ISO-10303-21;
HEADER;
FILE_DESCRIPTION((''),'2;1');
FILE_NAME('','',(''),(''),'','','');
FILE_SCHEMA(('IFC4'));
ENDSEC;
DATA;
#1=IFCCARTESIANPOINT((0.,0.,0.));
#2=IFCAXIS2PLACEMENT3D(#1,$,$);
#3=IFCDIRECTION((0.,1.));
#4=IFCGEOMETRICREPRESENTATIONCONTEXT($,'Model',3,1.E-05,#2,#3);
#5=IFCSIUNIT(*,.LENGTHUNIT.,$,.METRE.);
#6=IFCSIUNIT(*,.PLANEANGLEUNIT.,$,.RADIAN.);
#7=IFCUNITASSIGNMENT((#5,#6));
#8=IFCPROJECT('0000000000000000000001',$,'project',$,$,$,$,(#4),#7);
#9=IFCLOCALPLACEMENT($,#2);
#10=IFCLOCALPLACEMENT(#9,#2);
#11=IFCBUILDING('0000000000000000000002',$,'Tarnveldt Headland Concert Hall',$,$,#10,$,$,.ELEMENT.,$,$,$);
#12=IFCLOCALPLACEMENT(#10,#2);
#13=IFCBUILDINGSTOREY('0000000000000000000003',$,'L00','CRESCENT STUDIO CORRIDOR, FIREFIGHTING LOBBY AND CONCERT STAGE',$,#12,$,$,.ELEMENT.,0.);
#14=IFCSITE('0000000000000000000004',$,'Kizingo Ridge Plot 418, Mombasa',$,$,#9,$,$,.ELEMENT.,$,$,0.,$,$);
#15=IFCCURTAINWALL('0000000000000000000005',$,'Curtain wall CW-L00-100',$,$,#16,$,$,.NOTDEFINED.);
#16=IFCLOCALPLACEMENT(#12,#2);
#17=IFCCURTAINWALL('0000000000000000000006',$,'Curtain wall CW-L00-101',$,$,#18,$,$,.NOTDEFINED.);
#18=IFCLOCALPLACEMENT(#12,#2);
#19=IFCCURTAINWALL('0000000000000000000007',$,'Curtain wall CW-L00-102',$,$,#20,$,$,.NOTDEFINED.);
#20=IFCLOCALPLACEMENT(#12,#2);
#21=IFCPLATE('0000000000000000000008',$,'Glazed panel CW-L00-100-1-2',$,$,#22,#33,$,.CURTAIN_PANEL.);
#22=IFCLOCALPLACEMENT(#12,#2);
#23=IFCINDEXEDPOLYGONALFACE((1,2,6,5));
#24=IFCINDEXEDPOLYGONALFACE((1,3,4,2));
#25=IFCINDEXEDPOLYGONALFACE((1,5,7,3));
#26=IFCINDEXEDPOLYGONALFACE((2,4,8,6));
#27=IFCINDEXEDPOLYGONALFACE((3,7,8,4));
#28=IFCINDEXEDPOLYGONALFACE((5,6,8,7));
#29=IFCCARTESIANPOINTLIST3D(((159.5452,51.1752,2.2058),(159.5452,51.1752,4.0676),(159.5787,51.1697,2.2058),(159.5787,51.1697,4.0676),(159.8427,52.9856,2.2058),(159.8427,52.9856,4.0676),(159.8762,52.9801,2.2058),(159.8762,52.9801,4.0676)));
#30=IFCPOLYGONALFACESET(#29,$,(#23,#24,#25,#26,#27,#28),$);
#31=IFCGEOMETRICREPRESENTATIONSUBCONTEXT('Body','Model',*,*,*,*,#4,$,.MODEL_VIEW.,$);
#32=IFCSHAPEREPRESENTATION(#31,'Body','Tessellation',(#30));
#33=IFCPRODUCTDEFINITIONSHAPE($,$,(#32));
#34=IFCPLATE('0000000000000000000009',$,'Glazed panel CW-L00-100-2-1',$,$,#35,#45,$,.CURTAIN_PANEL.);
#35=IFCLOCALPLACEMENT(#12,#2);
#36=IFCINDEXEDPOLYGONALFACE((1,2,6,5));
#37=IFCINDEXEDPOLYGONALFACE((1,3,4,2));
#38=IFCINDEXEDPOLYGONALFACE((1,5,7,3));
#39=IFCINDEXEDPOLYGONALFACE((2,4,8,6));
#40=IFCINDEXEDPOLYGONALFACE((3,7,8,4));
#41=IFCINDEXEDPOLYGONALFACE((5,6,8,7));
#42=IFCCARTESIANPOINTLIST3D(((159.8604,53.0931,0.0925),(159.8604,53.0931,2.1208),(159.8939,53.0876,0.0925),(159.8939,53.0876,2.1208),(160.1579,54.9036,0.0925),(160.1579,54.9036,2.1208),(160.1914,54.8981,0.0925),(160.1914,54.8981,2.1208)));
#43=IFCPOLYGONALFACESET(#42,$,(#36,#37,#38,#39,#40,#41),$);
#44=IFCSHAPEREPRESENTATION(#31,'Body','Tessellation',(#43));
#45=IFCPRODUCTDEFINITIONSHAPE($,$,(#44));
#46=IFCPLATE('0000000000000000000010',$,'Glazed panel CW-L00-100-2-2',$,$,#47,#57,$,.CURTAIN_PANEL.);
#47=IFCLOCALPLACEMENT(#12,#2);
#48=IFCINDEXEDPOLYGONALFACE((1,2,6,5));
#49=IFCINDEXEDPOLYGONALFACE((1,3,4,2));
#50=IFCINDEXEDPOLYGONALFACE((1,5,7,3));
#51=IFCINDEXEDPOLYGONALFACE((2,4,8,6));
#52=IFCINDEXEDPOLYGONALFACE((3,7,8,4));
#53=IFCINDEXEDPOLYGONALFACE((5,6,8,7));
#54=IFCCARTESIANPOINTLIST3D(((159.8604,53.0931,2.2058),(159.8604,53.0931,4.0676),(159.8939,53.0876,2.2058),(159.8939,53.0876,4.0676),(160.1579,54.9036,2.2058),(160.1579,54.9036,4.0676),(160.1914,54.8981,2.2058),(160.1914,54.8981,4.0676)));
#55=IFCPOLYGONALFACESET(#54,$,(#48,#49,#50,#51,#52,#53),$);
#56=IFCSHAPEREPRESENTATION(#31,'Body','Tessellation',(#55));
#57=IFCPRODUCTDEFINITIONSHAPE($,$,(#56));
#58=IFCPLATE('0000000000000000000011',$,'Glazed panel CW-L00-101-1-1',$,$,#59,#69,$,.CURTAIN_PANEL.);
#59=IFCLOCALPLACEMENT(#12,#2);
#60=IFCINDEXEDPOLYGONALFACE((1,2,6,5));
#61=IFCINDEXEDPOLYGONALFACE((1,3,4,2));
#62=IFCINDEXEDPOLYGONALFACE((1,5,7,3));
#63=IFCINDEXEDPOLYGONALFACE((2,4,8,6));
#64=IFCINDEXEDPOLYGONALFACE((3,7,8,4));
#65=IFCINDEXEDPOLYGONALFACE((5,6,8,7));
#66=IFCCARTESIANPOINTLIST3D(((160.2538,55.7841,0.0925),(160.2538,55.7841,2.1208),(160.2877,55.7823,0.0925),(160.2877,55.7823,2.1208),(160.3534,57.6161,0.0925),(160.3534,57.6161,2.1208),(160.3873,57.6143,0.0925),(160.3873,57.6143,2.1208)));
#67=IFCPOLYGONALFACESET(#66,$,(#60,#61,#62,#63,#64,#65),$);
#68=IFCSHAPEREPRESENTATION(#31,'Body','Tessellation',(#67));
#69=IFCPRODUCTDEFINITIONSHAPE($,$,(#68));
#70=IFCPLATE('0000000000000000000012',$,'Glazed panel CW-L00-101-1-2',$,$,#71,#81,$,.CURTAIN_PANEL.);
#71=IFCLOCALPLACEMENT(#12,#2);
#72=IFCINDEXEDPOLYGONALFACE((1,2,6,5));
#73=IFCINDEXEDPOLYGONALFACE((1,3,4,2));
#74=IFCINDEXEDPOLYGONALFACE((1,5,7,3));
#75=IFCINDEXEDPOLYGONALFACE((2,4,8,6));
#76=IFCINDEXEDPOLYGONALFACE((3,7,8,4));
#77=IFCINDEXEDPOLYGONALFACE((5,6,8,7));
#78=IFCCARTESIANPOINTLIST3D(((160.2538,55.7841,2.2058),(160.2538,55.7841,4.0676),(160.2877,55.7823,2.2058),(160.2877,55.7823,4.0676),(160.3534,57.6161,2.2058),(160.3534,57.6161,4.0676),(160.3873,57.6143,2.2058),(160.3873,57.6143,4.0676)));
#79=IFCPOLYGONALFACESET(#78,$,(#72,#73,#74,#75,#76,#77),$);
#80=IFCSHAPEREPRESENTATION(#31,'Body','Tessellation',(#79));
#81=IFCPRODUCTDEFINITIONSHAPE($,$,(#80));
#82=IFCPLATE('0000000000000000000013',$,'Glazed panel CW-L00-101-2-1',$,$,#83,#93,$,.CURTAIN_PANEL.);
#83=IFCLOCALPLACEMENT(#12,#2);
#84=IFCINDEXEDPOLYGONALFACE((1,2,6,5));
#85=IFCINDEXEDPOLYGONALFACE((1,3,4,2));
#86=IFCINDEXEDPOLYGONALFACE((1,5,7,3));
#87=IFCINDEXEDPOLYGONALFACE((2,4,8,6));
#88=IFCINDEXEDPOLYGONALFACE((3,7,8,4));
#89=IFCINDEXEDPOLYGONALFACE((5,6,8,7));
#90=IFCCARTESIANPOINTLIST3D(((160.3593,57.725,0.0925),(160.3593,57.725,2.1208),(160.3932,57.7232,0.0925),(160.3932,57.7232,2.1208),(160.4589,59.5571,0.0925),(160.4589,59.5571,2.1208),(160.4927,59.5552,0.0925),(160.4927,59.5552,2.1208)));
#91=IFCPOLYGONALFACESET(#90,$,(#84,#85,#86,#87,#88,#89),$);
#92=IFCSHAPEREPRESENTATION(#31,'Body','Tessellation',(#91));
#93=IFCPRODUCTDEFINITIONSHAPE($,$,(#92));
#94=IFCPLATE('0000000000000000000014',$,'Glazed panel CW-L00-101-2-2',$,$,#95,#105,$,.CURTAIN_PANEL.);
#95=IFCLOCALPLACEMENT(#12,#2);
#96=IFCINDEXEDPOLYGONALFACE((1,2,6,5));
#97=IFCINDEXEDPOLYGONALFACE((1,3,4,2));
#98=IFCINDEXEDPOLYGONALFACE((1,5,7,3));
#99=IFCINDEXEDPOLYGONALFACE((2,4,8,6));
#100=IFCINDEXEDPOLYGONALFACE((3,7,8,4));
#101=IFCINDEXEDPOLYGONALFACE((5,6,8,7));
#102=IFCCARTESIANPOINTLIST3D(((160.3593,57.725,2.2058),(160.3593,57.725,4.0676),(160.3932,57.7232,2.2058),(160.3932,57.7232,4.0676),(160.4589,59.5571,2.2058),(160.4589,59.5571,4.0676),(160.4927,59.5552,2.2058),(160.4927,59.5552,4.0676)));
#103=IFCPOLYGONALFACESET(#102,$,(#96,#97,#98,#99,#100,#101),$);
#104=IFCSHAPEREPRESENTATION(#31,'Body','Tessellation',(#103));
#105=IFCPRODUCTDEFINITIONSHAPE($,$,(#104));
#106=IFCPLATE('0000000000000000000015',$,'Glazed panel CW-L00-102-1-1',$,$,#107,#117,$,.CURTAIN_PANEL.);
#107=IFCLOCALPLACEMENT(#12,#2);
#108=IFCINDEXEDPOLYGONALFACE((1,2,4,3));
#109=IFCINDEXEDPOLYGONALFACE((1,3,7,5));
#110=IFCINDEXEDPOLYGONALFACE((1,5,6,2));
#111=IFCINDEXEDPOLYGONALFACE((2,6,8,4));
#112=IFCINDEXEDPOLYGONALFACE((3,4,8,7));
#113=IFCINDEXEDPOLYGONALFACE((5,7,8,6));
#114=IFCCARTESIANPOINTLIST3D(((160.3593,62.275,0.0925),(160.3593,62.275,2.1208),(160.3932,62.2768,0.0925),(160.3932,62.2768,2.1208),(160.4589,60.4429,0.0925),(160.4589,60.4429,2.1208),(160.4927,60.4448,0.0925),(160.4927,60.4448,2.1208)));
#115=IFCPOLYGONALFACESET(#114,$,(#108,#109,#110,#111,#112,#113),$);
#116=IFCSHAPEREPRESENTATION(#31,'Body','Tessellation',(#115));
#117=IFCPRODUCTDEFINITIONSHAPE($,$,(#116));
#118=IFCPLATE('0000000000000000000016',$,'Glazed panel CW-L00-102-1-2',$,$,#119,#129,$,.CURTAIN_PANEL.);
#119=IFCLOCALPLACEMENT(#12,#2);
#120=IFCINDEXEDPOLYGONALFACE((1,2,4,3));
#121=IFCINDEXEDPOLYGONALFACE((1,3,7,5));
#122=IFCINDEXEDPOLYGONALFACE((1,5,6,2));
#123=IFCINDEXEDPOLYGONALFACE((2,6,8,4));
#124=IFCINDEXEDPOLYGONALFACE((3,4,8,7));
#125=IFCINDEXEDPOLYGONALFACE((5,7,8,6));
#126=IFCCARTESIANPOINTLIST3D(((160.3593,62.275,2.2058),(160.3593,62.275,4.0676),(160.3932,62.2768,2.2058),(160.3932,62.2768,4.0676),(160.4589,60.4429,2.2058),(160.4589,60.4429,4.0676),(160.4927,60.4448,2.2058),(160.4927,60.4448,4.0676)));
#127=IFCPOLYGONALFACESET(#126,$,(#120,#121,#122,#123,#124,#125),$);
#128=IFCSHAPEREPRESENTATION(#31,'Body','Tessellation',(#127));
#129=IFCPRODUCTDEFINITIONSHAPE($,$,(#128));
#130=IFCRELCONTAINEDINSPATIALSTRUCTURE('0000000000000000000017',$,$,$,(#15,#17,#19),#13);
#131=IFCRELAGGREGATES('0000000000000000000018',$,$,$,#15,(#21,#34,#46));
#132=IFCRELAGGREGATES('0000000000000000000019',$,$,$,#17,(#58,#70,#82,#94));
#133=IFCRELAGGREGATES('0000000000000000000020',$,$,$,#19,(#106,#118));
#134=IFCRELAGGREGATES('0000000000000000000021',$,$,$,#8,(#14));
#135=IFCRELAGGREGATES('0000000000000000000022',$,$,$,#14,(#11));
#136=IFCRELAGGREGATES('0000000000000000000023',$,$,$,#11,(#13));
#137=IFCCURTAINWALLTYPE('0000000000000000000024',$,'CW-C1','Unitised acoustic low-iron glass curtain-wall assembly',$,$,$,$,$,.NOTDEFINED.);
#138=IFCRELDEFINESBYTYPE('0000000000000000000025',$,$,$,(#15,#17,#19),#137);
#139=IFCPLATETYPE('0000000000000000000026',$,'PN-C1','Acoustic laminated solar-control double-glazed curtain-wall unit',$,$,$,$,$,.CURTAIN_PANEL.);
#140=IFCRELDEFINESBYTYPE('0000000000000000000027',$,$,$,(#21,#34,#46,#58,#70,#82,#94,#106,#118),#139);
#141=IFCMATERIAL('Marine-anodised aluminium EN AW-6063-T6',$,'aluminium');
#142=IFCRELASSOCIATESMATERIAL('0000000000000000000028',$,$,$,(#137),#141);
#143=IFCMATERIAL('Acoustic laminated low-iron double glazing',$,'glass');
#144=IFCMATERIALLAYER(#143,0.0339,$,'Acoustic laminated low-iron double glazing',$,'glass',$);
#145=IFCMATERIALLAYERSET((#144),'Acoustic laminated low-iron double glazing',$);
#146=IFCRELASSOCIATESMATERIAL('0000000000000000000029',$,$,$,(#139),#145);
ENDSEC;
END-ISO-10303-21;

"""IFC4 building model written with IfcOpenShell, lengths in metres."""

from ifc_helpers import new_model, si_unit, direction, frame, origin, origin_2d, place, context, subcontext, project, spatial, rectangle, extrude, material, layer, layer_set, type_object, element, aggregate, save


model = new_model("IFC4")

# Units and contexts
model_context = context("Model", 3, precision=1e-05, world=origin(), true_north=direction((0.0, 1.0)))
body_context = subcontext(model_context, "Body", "Model", "MODEL_VIEW")
ifc_project = project(units=[si_unit("LENGTHUNIT", "METRE"), si_unit("PLANEANGLEUNIT", "RADIAN")], contexts=[model_context])

# Site, building, storey
site_placement = place(None, origin())
site = spatial("IfcSite", under=ifc_project, at=site_placement, Name="Kizingo Ridge Plot 418, Mombasa", CompositionType="ELEMENT", RefElevation=0.0)
building_placement = place(site_placement, origin())
building = spatial("IfcBuilding", under=site, at=building_placement, Name="Tarnveldt Headland Concert Hall", CompositionType="ELEMENT")
storey_placement = place(building_placement, origin())
storey = spatial("IfcBuildingStorey", under=building, at=storey_placement, Name="L00", Description="CRESCENT STUDIO CORRIDOR, FIREFIGHTING LOBBY AND CONCERT STAGE", CompositionType="ELEMENT", Elevation=0.0)

# Curtain walls
ifc_material_1 = material(Name="Marine-anodised aluminium EN AW-6063-T6", Category="aluminium")
curtain_wall_type = type_object("IfcCurtainWallType", Name="CW-C1", Description="Unitised acoustic low-iron glass curtain-wall assembly", PredefinedType="NOTDEFINED", material=ifc_material_1)
curtain_wall_1_placement = place(storey_placement, origin())
curtain_wall_1 = element("IfcCurtainWall", 1, at=curtain_wall_1_placement, inside=storey, type_object=curtain_wall_type, Name="Curtain wall CW-L00-100", PredefinedType="NOTDEFINED")
curtain_wall_2_placement = place(storey_placement, origin())
curtain_wall_2 = element("IfcCurtainWall", 2, at=curtain_wall_2_placement, inside=storey, type_object=curtain_wall_type, Name="Curtain wall CW-L00-101", PredefinedType="NOTDEFINED")

# Curtain wall
curtain_wall_3_placement = place(storey_placement, origin())
curtain_wall_3 = element("IfcCurtainWall", 3, at=curtain_wall_3_placement, inside=storey, type_object=curtain_wall_type, Name="Curtain wall CW-L00-102", PredefinedType="NOTDEFINED")

# Plates
ifc_material_2 = material(Name="Acoustic laminated low-iron double glazing", Category="glass")
ifc_layer = layer(ifc_material_2, 0.0339, Name="Acoustic laminated low-iron double glazing", Category="glass")
ifc_layer_set = layer_set([ifc_layer], Name="Acoustic laminated low-iron double glazing")
plate_type = type_object("IfcPlateType", Name="PN-C1", Description="Acoustic laminated solar-control double-glazed curtain-wall unit", PredefinedType="CURTAIN_PANEL", material=ifc_layer_set)
plate_1_placement = place(storey_placement, frame((159.7107, 52.0776, 2.2058), z_axis=(0.0, 0.0, 1.0), x_axis=(0.162155, 0.986765, 0.0)))
plate_1 = element("IfcPlate", 4, at=plate_1_placement, type_object=plate_type, Name="Glazed panel CW-L00-100-1-2", PredefinedType="CURTAIN_PANEL", context=body_context, shape_type="SweptSolid", body=[
    extrude(rectangle(XDim=1.8347, YDim=0.0339, at=origin_2d()), origin(), (0.0, 0.0, 1.0), 1.8618),
])
plate_2_placement = place(storey_placement, frame((160.0259, 53.9956, 0.0925), z_axis=(0.0, 0.0, 1.0), x_axis=(0.162155, 0.986765, 0.0)))
plate_2 = element("IfcPlate", 5, at=plate_2_placement, type_object=plate_type, Name="Glazed panel CW-L00-100-2-1", PredefinedType="CURTAIN_PANEL", context=body_context, shape_type="SweptSolid", body=[
    extrude(rectangle(XDim=1.8347, YDim=0.0339, at=origin_2d()), origin(), (0.0, 0.0, 1.0), 2.0283),
])
plate_3_placement = place(storey_placement, frame((160.0259, 53.9956, 2.2058), z_axis=(0.0, 0.0, 1.0), x_axis=(0.162155, 0.986765, 0.0)))
plate_3 = element("IfcPlate", 6, at=plate_3_placement, type_object=plate_type, Name="Glazed panel CW-L00-100-2-2", PredefinedType="CURTAIN_PANEL", context=body_context, shape_type="SweptSolid", body=[
    extrude(rectangle(XDim=1.8347, YDim=0.0339, at=origin_2d()), origin(), (0.0, 0.0, 1.0), 1.8618),
])
aggregate(curtain_wall_1, [plate_1, plate_2, plate_3])
plate_4_placement = place(storey_placement, frame((160.3206, 56.6992, 0.0925), z_axis=(0.0, 0.0, 1.0), x_axis=(0.054253, 0.998527, 0.0)))
plate_4 = element("IfcPlate", 7, at=plate_4_placement, type_object=plate_type, Name="Glazed panel CW-L00-101-1-1", PredefinedType="CURTAIN_PANEL", context=body_context, shape_type="SweptSolid", body=[
    extrude(rectangle(XDim=1.8347, YDim=0.0339, at=origin_2d()), origin(), (0.0, 0.0, 1.0), 2.0283),
])
plate_5_placement = place(storey_placement, frame((160.3206, 56.6992, 2.2058), z_axis=(0.0, 0.0, 1.0), x_axis=(0.054253, 0.998527, 0.0)))
plate_5 = element("IfcPlate", 8, at=plate_5_placement, type_object=plate_type, Name="Glazed panel CW-L00-101-1-2", PredefinedType="CURTAIN_PANEL", context=body_context, shape_type="SweptSolid", body=[
    extrude(rectangle(XDim=1.8347, YDim=0.0339, at=origin_2d()), origin(), (0.0, 0.0, 1.0), 1.8618),
])
plate_6_placement = place(storey_placement, frame((160.426, 58.6401, 0.0925), z_axis=(0.0, 0.0, 1.0), x_axis=(0.054253, 0.998527, 0.0)))
plate_6 = element("IfcPlate", 9, at=plate_6_placement, type_object=plate_type, Name="Glazed panel CW-L00-101-2-1", PredefinedType="CURTAIN_PANEL", context=body_context, shape_type="SweptSolid", body=[
    extrude(rectangle(XDim=1.8347, YDim=0.0339, at=origin_2d()), origin(), (0.0, 0.0, 1.0), 2.0283),
])
plate_7_placement = place(storey_placement, frame((160.426, 58.6401, 2.2058), z_axis=(0.0, 0.0, 1.0), x_axis=(0.054253, 0.998527, 0.0)))
plate_7 = element("IfcPlate", 10, at=plate_7_placement, type_object=plate_type, Name="Glazed panel CW-L00-101-2-2", PredefinedType="CURTAIN_PANEL", context=body_context, shape_type="SweptSolid", body=[
    extrude(rectangle(XDim=1.8347, YDim=0.0339, at=origin_2d()), origin(), (0.0, 0.0, 1.0), 1.8618),
])
aggregate(curtain_wall_2, [plate_4, plate_5, plate_6, plate_7])
plate_8_placement = place(storey_placement, frame((160.426, 61.3599, 0.0925), z_axis=(0.0, 0.0, 1.0), x_axis=(-0.054253, 0.998527, 0.0)))
plate_8 = element("IfcPlate", 11, at=plate_8_placement, type_object=plate_type, Name="Glazed panel CW-L00-102-1-1", PredefinedType="CURTAIN_PANEL", context=body_context, shape_type="SweptSolid", body=[
    extrude(rectangle(XDim=1.8347, YDim=0.0339, at=origin_2d()), origin(), (0.0, 0.0, 1.0), 2.0283),
])
plate_9_placement = place(storey_placement, frame((160.426, 61.3599, 2.2058), z_axis=(0.0, 0.0, 1.0), x_axis=(-0.054253, 0.998527, 0.0)))
plate_9 = element("IfcPlate", 12, at=plate_9_placement, type_object=plate_type, Name="Glazed panel CW-L00-102-1-2", PredefinedType="CURTAIN_PANEL", context=body_context, shape_type="SweptSolid", body=[
    extrude(rectangle(XDim=1.8347, YDim=0.0339, at=origin_2d()), origin(), (0.0, 0.0, 1.0), 1.8618),
])
aggregate(curtain_wall_3, [plate_8, plate_9])

save(model, "model.ifc")
